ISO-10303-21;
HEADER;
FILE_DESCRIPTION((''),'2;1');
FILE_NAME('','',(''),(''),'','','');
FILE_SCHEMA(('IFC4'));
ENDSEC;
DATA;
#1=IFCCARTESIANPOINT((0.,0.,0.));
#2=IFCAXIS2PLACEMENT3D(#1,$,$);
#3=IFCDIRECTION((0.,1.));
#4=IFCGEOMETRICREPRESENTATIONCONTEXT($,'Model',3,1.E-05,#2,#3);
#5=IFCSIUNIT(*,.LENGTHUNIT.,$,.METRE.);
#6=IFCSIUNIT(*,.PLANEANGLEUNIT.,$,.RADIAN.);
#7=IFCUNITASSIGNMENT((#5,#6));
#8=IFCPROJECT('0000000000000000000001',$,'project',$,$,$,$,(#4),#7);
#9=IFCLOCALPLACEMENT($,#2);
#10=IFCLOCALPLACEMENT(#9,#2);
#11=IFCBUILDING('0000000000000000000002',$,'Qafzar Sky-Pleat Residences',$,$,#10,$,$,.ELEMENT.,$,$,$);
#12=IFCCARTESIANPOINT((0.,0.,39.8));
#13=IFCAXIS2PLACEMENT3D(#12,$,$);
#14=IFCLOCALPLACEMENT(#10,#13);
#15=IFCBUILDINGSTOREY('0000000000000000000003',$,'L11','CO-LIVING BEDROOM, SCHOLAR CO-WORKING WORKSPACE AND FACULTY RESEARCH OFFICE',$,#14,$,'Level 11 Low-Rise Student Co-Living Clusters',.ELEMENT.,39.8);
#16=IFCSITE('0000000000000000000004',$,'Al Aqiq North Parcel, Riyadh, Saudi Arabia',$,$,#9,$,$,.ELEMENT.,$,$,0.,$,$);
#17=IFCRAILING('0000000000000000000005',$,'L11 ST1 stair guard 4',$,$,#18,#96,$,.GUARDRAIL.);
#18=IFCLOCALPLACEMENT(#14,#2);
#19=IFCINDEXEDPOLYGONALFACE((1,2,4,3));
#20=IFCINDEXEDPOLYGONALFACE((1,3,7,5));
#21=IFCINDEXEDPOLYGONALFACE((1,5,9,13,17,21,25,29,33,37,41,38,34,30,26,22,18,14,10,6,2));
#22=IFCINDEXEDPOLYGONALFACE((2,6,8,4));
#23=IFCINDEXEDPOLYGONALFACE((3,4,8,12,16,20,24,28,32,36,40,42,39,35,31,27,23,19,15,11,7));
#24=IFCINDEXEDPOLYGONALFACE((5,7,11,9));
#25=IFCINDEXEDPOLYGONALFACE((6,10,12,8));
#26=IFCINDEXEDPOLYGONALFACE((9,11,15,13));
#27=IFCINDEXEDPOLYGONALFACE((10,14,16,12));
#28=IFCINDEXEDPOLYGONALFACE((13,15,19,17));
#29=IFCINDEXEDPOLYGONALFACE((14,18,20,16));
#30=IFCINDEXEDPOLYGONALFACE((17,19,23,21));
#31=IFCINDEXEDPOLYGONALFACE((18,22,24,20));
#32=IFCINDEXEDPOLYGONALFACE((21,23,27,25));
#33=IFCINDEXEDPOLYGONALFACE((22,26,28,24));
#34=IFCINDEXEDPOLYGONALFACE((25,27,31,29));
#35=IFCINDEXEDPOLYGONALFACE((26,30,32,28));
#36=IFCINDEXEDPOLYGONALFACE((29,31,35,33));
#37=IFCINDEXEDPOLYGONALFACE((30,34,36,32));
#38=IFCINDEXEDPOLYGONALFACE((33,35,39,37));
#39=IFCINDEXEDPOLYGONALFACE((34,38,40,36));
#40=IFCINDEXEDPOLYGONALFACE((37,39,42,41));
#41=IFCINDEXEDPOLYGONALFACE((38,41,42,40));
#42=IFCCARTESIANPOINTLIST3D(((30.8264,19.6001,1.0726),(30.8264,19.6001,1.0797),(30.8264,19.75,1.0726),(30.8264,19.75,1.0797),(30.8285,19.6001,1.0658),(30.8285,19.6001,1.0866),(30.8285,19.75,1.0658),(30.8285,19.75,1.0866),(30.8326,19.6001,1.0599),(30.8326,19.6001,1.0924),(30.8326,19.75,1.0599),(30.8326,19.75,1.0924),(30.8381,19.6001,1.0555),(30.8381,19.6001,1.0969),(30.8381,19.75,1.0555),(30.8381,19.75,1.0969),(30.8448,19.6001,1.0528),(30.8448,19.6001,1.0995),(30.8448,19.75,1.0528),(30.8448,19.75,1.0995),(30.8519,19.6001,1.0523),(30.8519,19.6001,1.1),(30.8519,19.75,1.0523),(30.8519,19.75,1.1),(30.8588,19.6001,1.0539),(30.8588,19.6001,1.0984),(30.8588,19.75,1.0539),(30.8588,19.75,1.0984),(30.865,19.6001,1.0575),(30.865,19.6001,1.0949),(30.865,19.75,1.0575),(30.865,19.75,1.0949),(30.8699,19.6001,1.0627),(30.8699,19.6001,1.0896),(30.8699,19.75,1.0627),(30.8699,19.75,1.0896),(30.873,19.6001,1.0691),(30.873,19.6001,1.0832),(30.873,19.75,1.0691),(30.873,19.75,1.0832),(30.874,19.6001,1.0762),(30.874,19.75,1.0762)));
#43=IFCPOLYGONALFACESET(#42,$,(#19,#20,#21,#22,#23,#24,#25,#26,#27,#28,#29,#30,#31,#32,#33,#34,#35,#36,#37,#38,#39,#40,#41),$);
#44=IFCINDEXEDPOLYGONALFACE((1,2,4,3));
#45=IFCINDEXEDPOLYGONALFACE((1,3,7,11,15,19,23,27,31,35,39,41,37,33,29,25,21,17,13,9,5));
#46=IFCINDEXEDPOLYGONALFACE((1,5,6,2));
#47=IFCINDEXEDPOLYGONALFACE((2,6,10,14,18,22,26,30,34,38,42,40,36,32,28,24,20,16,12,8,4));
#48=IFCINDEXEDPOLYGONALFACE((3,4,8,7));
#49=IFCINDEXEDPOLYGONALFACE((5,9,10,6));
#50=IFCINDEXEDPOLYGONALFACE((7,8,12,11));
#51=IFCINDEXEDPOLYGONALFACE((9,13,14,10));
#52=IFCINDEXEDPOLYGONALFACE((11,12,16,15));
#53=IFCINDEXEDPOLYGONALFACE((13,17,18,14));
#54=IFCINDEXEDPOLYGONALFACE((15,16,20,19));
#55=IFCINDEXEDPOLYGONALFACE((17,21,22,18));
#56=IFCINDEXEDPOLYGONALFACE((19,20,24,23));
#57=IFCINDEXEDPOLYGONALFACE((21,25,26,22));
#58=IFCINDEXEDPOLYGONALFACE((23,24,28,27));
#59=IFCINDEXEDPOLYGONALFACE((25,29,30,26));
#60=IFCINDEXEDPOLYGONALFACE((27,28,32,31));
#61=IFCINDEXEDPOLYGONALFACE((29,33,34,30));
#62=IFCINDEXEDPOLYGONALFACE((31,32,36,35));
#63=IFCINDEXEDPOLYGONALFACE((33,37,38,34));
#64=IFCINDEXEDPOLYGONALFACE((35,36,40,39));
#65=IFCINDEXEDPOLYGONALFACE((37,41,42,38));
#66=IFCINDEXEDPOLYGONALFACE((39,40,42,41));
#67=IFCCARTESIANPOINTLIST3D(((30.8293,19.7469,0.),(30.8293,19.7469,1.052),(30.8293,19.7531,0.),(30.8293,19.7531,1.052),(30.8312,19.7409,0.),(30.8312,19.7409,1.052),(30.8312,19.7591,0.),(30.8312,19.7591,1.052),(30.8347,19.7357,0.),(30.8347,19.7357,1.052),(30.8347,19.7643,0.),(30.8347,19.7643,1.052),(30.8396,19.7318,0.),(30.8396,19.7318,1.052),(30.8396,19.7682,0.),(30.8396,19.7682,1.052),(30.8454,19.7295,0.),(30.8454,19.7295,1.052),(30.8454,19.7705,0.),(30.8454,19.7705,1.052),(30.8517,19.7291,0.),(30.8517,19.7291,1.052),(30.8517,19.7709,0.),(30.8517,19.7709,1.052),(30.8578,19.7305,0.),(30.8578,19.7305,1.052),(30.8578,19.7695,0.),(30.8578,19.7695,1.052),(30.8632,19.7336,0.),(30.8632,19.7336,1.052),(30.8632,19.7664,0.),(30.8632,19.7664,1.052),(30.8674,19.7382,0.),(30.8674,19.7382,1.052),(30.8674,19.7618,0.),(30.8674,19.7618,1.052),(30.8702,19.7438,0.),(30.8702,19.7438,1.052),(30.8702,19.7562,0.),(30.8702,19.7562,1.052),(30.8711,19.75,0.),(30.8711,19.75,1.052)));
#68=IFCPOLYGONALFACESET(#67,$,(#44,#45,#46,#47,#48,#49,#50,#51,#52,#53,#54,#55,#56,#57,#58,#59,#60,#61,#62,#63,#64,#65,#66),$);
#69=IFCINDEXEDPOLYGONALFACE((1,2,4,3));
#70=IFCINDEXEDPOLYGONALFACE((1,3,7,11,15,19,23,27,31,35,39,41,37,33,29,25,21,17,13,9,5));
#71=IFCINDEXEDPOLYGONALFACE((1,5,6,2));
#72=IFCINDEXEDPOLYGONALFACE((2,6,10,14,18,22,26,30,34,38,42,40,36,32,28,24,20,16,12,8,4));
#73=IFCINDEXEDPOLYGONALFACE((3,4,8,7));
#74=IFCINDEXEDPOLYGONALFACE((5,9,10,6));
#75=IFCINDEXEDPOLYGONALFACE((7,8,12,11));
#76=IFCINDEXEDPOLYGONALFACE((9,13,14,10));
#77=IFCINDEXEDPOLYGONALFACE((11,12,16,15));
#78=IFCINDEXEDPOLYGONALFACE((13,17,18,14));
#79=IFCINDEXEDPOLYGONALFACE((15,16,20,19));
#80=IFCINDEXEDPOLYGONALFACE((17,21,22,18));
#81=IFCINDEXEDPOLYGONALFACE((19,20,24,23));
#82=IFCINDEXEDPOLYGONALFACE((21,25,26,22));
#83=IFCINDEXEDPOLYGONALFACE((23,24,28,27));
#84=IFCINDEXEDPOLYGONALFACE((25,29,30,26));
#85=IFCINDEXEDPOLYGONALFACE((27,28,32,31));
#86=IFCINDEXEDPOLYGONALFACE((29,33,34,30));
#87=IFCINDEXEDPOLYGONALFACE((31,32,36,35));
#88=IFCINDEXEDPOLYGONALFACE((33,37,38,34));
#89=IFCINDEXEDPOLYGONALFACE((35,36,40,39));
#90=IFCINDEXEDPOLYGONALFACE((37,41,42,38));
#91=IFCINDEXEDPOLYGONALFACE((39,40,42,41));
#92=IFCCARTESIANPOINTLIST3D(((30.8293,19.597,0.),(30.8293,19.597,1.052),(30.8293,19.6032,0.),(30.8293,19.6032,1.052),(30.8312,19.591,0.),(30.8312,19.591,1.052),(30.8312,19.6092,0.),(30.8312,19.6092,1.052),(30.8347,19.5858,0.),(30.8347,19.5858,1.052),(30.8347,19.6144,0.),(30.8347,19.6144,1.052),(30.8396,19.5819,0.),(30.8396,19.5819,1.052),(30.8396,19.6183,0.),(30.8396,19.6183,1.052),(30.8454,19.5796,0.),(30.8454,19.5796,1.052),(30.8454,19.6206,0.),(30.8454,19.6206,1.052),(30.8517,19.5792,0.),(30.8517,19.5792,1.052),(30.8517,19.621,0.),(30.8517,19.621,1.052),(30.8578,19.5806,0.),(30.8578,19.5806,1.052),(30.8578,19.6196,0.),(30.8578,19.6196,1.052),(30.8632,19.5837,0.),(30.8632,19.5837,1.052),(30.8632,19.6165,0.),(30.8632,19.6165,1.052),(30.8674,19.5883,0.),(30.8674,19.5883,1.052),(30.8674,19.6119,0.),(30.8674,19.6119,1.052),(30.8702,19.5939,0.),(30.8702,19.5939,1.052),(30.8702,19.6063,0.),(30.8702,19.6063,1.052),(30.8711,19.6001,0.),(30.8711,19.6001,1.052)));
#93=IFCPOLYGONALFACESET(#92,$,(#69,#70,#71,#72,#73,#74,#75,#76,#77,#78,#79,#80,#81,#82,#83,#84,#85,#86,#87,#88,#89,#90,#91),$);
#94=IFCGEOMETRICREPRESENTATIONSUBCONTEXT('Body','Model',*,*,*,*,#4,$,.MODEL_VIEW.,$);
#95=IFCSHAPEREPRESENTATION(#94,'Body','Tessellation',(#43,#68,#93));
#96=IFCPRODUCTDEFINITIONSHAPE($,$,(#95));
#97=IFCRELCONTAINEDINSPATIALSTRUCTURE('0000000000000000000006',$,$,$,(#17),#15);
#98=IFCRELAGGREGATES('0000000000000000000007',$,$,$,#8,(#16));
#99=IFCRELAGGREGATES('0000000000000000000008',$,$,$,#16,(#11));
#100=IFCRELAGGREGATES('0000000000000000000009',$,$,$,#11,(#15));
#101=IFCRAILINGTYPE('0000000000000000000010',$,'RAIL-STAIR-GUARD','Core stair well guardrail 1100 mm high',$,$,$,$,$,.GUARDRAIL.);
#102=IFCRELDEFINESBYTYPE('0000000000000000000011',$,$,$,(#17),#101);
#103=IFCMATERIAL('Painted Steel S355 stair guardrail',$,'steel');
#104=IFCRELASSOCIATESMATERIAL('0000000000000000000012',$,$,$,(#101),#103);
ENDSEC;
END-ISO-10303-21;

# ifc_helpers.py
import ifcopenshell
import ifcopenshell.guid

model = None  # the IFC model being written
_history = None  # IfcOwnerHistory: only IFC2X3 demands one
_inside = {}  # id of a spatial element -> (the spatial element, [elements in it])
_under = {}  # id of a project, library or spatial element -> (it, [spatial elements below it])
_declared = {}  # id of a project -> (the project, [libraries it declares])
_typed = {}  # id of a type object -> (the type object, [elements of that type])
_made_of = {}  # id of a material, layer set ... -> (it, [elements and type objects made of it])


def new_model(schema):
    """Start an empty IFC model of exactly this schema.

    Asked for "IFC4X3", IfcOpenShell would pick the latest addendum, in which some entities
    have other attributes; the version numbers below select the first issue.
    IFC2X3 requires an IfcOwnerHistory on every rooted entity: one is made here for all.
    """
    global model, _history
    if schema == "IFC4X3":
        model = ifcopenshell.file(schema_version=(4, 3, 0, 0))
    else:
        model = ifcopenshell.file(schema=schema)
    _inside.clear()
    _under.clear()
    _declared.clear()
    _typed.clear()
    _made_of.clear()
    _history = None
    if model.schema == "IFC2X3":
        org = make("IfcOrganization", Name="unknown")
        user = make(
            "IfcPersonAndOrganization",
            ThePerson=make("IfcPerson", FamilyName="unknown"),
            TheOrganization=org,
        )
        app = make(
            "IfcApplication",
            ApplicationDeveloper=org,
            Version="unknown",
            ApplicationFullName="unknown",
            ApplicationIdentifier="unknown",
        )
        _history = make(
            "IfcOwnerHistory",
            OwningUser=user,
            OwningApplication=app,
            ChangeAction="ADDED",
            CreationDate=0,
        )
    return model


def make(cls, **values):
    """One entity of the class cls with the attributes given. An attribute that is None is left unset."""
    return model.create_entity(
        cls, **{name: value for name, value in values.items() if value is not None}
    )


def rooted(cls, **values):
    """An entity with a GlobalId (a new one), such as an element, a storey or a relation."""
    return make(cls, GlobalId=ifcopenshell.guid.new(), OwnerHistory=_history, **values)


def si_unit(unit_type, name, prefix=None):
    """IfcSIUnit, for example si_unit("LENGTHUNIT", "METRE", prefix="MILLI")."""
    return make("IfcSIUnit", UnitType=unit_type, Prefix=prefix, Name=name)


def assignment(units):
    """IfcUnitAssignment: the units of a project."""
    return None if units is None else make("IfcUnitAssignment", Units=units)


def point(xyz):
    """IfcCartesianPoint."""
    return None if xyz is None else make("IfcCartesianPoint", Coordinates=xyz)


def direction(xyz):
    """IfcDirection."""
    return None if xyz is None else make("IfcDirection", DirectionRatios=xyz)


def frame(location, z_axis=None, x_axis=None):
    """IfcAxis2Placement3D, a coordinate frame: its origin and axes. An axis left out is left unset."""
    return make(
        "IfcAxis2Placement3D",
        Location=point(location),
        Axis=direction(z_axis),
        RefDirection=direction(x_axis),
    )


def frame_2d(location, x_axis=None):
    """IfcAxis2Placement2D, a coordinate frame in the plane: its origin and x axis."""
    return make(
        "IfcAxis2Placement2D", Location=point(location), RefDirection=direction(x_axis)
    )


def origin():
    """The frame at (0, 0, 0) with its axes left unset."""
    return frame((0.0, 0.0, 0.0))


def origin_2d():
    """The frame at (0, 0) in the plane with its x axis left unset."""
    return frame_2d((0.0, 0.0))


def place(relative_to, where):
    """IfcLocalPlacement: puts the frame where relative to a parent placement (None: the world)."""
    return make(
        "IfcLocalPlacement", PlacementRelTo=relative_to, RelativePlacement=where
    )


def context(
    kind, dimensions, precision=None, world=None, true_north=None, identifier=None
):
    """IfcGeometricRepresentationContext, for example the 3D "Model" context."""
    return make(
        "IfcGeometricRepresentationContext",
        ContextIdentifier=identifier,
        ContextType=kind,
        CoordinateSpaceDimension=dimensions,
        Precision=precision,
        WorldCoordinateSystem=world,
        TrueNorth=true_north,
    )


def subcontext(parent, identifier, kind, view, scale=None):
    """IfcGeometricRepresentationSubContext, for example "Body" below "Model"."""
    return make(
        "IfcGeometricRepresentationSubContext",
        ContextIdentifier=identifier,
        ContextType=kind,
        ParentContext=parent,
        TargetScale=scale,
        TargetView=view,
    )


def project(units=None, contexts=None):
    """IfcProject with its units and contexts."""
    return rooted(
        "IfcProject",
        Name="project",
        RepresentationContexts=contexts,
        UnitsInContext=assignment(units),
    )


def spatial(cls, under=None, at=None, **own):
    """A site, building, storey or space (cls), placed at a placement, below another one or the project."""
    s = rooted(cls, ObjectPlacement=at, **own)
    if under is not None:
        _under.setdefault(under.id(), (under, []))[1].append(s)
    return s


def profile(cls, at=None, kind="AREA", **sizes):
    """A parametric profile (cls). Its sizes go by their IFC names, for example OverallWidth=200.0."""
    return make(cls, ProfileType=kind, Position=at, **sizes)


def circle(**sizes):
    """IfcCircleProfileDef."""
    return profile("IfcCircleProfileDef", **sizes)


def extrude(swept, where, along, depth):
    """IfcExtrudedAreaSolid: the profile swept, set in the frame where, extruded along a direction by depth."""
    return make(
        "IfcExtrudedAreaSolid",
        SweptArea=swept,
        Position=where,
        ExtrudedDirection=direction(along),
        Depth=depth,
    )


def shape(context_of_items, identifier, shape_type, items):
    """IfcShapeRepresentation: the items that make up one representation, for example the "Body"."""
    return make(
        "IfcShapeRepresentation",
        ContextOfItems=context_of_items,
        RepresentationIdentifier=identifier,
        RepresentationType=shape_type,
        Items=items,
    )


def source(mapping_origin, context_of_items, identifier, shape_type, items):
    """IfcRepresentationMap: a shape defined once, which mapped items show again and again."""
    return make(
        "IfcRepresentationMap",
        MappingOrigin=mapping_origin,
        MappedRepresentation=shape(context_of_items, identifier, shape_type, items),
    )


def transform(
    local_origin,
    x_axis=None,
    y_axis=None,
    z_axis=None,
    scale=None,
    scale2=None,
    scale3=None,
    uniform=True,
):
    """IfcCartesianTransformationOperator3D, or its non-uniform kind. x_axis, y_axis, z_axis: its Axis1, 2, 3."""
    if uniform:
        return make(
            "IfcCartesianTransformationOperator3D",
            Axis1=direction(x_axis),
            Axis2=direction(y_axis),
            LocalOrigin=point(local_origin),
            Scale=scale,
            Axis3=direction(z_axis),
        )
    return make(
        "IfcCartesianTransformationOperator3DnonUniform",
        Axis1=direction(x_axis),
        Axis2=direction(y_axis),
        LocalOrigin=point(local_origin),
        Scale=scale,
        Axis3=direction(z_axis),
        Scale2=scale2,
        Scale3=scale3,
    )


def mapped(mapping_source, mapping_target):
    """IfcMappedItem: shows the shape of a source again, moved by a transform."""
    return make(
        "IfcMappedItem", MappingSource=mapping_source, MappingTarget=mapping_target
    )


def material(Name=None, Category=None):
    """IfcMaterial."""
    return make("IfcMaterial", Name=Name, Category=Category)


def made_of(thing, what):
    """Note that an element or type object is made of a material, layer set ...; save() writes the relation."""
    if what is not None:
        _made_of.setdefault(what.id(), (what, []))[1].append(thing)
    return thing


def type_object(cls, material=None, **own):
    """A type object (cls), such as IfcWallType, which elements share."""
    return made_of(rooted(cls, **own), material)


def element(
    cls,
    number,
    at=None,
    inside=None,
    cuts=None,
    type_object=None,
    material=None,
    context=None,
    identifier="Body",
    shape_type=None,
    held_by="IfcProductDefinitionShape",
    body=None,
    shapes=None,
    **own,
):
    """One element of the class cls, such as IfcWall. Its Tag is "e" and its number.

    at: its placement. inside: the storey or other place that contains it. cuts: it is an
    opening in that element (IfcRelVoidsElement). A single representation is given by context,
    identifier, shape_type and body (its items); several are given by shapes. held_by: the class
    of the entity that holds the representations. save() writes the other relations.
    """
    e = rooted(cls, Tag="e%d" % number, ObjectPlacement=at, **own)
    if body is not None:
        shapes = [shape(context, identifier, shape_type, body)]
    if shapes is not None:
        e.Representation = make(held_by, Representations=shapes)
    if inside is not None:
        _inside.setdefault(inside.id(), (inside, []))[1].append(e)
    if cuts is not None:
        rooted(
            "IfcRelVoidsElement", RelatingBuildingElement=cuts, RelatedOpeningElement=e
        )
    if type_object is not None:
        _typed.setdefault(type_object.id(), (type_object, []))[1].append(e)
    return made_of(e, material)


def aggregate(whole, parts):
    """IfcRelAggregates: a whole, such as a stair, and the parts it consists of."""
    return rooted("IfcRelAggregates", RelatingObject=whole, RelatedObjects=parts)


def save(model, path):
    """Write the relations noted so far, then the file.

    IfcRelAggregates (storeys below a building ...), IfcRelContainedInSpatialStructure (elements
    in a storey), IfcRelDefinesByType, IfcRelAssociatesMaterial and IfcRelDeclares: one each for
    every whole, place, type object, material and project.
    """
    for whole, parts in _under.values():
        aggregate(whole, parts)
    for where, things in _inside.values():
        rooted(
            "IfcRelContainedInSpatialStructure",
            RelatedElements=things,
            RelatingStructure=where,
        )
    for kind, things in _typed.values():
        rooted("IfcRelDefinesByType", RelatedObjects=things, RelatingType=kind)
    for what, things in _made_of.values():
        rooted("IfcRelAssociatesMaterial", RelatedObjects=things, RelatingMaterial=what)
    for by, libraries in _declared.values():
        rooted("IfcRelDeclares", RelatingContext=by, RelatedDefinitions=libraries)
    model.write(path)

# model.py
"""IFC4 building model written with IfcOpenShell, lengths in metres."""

from ifc_helpers import new_model, si_unit, direction, frame, origin, origin_2d, place, context, subcontext, project, spatial, circle, extrude, source, transform, mapped, material, type_object, element, save


model = new_model("IFC4")

# Units and contexts
model_context = context("Model", 3, precision=1e-05, world=origin(), true_north=direction((0.0, 1.0)))
body_context = subcontext(model_context, "Body", "Model", "MODEL_VIEW")
ifc_project = project(units=[si_unit("LENGTHUNIT", "METRE"), si_unit("PLANEANGLEUNIT", "RADIAN")], contexts=[model_context])

# Site, building, storey
site_placement = place(None, origin())
site = spatial("IfcSite", under=ifc_project, at=site_placement, Name="Al Aqiq North Parcel, Riyadh, Saudi Arabia", CompositionType="ELEMENT", RefElevation=0.0)
building_placement = place(site_placement, origin())
building = spatial("IfcBuilding", under=site, at=building_placement, Name="Qafzar Sky-Pleat Residences", CompositionType="ELEMENT")
storey_placement = place(building_placement, frame((0.0, 0.0, 39.8)))
storey = spatial("IfcBuildingStorey", under=building, at=storey_placement, Name="L11", Description="CO-LIVING BEDROOM, SCHOLAR CO-WORKING WORKSPACE AND FACULTY RESEARCH OFFICE", LongName="Level 11 Low-Rise Student Co-Living Clusters", CompositionType="ELEMENT", Elevation=39.8)

# Railing
ifc_material_1 = material(Name="Painted Steel S355 stair guardrail", Category="steel")
railing_type_1 = type_object("IfcRailingType", Name="RAIL-STAIR-GUARD", Description="Core stair well guardrail 1100 mm high", PredefinedType="GUARDRAIL", material=ifc_material_1)
shared_shape_1 = source(origin(), body_context, "Body", "SweptSolid", [
    extrude(circle(Radius=0.0239, at=origin_2d()), frame((0.0, 0.0, 1.0762), z_axis=(0.0, -1.0, 0.0), x_axis=(1.0, 0.0, 0.0)), (0.0, 0.0, 1.0), 0.1499),
    extrude(circle(Radius=0.021, at=origin_2d()), origin(), (0.0, 0.0, 1.0), 1.052),
    extrude(circle(Radius=0.021, at=origin_2d()), frame((0.0, -0.1499, 0.0)), (0.0, 0.0, 1.0), 1.052),
])
railing_1_placement = place(storey_placement, frame((30.8501, 19.75, 0.0)))
element("IfcRailing", 1, at=railing_1_placement, inside=storey, type_object=railing_type_1, Name="L11 ST1 stair guard 4", PredefinedType="GUARDRAIL", context=body_context, shape_type="MappedRepresentation", body=[
    mapped(shared_shape_1, transform((0.0, 0.0, 0.0), x_axis=(1.0, 0.0, 0.0), y_axis=(0.0, 1.0, 0.0), z_axis=(0.0, 0.0, 1.0), scale=1.0)),
])

save(model, "model.ifc")
